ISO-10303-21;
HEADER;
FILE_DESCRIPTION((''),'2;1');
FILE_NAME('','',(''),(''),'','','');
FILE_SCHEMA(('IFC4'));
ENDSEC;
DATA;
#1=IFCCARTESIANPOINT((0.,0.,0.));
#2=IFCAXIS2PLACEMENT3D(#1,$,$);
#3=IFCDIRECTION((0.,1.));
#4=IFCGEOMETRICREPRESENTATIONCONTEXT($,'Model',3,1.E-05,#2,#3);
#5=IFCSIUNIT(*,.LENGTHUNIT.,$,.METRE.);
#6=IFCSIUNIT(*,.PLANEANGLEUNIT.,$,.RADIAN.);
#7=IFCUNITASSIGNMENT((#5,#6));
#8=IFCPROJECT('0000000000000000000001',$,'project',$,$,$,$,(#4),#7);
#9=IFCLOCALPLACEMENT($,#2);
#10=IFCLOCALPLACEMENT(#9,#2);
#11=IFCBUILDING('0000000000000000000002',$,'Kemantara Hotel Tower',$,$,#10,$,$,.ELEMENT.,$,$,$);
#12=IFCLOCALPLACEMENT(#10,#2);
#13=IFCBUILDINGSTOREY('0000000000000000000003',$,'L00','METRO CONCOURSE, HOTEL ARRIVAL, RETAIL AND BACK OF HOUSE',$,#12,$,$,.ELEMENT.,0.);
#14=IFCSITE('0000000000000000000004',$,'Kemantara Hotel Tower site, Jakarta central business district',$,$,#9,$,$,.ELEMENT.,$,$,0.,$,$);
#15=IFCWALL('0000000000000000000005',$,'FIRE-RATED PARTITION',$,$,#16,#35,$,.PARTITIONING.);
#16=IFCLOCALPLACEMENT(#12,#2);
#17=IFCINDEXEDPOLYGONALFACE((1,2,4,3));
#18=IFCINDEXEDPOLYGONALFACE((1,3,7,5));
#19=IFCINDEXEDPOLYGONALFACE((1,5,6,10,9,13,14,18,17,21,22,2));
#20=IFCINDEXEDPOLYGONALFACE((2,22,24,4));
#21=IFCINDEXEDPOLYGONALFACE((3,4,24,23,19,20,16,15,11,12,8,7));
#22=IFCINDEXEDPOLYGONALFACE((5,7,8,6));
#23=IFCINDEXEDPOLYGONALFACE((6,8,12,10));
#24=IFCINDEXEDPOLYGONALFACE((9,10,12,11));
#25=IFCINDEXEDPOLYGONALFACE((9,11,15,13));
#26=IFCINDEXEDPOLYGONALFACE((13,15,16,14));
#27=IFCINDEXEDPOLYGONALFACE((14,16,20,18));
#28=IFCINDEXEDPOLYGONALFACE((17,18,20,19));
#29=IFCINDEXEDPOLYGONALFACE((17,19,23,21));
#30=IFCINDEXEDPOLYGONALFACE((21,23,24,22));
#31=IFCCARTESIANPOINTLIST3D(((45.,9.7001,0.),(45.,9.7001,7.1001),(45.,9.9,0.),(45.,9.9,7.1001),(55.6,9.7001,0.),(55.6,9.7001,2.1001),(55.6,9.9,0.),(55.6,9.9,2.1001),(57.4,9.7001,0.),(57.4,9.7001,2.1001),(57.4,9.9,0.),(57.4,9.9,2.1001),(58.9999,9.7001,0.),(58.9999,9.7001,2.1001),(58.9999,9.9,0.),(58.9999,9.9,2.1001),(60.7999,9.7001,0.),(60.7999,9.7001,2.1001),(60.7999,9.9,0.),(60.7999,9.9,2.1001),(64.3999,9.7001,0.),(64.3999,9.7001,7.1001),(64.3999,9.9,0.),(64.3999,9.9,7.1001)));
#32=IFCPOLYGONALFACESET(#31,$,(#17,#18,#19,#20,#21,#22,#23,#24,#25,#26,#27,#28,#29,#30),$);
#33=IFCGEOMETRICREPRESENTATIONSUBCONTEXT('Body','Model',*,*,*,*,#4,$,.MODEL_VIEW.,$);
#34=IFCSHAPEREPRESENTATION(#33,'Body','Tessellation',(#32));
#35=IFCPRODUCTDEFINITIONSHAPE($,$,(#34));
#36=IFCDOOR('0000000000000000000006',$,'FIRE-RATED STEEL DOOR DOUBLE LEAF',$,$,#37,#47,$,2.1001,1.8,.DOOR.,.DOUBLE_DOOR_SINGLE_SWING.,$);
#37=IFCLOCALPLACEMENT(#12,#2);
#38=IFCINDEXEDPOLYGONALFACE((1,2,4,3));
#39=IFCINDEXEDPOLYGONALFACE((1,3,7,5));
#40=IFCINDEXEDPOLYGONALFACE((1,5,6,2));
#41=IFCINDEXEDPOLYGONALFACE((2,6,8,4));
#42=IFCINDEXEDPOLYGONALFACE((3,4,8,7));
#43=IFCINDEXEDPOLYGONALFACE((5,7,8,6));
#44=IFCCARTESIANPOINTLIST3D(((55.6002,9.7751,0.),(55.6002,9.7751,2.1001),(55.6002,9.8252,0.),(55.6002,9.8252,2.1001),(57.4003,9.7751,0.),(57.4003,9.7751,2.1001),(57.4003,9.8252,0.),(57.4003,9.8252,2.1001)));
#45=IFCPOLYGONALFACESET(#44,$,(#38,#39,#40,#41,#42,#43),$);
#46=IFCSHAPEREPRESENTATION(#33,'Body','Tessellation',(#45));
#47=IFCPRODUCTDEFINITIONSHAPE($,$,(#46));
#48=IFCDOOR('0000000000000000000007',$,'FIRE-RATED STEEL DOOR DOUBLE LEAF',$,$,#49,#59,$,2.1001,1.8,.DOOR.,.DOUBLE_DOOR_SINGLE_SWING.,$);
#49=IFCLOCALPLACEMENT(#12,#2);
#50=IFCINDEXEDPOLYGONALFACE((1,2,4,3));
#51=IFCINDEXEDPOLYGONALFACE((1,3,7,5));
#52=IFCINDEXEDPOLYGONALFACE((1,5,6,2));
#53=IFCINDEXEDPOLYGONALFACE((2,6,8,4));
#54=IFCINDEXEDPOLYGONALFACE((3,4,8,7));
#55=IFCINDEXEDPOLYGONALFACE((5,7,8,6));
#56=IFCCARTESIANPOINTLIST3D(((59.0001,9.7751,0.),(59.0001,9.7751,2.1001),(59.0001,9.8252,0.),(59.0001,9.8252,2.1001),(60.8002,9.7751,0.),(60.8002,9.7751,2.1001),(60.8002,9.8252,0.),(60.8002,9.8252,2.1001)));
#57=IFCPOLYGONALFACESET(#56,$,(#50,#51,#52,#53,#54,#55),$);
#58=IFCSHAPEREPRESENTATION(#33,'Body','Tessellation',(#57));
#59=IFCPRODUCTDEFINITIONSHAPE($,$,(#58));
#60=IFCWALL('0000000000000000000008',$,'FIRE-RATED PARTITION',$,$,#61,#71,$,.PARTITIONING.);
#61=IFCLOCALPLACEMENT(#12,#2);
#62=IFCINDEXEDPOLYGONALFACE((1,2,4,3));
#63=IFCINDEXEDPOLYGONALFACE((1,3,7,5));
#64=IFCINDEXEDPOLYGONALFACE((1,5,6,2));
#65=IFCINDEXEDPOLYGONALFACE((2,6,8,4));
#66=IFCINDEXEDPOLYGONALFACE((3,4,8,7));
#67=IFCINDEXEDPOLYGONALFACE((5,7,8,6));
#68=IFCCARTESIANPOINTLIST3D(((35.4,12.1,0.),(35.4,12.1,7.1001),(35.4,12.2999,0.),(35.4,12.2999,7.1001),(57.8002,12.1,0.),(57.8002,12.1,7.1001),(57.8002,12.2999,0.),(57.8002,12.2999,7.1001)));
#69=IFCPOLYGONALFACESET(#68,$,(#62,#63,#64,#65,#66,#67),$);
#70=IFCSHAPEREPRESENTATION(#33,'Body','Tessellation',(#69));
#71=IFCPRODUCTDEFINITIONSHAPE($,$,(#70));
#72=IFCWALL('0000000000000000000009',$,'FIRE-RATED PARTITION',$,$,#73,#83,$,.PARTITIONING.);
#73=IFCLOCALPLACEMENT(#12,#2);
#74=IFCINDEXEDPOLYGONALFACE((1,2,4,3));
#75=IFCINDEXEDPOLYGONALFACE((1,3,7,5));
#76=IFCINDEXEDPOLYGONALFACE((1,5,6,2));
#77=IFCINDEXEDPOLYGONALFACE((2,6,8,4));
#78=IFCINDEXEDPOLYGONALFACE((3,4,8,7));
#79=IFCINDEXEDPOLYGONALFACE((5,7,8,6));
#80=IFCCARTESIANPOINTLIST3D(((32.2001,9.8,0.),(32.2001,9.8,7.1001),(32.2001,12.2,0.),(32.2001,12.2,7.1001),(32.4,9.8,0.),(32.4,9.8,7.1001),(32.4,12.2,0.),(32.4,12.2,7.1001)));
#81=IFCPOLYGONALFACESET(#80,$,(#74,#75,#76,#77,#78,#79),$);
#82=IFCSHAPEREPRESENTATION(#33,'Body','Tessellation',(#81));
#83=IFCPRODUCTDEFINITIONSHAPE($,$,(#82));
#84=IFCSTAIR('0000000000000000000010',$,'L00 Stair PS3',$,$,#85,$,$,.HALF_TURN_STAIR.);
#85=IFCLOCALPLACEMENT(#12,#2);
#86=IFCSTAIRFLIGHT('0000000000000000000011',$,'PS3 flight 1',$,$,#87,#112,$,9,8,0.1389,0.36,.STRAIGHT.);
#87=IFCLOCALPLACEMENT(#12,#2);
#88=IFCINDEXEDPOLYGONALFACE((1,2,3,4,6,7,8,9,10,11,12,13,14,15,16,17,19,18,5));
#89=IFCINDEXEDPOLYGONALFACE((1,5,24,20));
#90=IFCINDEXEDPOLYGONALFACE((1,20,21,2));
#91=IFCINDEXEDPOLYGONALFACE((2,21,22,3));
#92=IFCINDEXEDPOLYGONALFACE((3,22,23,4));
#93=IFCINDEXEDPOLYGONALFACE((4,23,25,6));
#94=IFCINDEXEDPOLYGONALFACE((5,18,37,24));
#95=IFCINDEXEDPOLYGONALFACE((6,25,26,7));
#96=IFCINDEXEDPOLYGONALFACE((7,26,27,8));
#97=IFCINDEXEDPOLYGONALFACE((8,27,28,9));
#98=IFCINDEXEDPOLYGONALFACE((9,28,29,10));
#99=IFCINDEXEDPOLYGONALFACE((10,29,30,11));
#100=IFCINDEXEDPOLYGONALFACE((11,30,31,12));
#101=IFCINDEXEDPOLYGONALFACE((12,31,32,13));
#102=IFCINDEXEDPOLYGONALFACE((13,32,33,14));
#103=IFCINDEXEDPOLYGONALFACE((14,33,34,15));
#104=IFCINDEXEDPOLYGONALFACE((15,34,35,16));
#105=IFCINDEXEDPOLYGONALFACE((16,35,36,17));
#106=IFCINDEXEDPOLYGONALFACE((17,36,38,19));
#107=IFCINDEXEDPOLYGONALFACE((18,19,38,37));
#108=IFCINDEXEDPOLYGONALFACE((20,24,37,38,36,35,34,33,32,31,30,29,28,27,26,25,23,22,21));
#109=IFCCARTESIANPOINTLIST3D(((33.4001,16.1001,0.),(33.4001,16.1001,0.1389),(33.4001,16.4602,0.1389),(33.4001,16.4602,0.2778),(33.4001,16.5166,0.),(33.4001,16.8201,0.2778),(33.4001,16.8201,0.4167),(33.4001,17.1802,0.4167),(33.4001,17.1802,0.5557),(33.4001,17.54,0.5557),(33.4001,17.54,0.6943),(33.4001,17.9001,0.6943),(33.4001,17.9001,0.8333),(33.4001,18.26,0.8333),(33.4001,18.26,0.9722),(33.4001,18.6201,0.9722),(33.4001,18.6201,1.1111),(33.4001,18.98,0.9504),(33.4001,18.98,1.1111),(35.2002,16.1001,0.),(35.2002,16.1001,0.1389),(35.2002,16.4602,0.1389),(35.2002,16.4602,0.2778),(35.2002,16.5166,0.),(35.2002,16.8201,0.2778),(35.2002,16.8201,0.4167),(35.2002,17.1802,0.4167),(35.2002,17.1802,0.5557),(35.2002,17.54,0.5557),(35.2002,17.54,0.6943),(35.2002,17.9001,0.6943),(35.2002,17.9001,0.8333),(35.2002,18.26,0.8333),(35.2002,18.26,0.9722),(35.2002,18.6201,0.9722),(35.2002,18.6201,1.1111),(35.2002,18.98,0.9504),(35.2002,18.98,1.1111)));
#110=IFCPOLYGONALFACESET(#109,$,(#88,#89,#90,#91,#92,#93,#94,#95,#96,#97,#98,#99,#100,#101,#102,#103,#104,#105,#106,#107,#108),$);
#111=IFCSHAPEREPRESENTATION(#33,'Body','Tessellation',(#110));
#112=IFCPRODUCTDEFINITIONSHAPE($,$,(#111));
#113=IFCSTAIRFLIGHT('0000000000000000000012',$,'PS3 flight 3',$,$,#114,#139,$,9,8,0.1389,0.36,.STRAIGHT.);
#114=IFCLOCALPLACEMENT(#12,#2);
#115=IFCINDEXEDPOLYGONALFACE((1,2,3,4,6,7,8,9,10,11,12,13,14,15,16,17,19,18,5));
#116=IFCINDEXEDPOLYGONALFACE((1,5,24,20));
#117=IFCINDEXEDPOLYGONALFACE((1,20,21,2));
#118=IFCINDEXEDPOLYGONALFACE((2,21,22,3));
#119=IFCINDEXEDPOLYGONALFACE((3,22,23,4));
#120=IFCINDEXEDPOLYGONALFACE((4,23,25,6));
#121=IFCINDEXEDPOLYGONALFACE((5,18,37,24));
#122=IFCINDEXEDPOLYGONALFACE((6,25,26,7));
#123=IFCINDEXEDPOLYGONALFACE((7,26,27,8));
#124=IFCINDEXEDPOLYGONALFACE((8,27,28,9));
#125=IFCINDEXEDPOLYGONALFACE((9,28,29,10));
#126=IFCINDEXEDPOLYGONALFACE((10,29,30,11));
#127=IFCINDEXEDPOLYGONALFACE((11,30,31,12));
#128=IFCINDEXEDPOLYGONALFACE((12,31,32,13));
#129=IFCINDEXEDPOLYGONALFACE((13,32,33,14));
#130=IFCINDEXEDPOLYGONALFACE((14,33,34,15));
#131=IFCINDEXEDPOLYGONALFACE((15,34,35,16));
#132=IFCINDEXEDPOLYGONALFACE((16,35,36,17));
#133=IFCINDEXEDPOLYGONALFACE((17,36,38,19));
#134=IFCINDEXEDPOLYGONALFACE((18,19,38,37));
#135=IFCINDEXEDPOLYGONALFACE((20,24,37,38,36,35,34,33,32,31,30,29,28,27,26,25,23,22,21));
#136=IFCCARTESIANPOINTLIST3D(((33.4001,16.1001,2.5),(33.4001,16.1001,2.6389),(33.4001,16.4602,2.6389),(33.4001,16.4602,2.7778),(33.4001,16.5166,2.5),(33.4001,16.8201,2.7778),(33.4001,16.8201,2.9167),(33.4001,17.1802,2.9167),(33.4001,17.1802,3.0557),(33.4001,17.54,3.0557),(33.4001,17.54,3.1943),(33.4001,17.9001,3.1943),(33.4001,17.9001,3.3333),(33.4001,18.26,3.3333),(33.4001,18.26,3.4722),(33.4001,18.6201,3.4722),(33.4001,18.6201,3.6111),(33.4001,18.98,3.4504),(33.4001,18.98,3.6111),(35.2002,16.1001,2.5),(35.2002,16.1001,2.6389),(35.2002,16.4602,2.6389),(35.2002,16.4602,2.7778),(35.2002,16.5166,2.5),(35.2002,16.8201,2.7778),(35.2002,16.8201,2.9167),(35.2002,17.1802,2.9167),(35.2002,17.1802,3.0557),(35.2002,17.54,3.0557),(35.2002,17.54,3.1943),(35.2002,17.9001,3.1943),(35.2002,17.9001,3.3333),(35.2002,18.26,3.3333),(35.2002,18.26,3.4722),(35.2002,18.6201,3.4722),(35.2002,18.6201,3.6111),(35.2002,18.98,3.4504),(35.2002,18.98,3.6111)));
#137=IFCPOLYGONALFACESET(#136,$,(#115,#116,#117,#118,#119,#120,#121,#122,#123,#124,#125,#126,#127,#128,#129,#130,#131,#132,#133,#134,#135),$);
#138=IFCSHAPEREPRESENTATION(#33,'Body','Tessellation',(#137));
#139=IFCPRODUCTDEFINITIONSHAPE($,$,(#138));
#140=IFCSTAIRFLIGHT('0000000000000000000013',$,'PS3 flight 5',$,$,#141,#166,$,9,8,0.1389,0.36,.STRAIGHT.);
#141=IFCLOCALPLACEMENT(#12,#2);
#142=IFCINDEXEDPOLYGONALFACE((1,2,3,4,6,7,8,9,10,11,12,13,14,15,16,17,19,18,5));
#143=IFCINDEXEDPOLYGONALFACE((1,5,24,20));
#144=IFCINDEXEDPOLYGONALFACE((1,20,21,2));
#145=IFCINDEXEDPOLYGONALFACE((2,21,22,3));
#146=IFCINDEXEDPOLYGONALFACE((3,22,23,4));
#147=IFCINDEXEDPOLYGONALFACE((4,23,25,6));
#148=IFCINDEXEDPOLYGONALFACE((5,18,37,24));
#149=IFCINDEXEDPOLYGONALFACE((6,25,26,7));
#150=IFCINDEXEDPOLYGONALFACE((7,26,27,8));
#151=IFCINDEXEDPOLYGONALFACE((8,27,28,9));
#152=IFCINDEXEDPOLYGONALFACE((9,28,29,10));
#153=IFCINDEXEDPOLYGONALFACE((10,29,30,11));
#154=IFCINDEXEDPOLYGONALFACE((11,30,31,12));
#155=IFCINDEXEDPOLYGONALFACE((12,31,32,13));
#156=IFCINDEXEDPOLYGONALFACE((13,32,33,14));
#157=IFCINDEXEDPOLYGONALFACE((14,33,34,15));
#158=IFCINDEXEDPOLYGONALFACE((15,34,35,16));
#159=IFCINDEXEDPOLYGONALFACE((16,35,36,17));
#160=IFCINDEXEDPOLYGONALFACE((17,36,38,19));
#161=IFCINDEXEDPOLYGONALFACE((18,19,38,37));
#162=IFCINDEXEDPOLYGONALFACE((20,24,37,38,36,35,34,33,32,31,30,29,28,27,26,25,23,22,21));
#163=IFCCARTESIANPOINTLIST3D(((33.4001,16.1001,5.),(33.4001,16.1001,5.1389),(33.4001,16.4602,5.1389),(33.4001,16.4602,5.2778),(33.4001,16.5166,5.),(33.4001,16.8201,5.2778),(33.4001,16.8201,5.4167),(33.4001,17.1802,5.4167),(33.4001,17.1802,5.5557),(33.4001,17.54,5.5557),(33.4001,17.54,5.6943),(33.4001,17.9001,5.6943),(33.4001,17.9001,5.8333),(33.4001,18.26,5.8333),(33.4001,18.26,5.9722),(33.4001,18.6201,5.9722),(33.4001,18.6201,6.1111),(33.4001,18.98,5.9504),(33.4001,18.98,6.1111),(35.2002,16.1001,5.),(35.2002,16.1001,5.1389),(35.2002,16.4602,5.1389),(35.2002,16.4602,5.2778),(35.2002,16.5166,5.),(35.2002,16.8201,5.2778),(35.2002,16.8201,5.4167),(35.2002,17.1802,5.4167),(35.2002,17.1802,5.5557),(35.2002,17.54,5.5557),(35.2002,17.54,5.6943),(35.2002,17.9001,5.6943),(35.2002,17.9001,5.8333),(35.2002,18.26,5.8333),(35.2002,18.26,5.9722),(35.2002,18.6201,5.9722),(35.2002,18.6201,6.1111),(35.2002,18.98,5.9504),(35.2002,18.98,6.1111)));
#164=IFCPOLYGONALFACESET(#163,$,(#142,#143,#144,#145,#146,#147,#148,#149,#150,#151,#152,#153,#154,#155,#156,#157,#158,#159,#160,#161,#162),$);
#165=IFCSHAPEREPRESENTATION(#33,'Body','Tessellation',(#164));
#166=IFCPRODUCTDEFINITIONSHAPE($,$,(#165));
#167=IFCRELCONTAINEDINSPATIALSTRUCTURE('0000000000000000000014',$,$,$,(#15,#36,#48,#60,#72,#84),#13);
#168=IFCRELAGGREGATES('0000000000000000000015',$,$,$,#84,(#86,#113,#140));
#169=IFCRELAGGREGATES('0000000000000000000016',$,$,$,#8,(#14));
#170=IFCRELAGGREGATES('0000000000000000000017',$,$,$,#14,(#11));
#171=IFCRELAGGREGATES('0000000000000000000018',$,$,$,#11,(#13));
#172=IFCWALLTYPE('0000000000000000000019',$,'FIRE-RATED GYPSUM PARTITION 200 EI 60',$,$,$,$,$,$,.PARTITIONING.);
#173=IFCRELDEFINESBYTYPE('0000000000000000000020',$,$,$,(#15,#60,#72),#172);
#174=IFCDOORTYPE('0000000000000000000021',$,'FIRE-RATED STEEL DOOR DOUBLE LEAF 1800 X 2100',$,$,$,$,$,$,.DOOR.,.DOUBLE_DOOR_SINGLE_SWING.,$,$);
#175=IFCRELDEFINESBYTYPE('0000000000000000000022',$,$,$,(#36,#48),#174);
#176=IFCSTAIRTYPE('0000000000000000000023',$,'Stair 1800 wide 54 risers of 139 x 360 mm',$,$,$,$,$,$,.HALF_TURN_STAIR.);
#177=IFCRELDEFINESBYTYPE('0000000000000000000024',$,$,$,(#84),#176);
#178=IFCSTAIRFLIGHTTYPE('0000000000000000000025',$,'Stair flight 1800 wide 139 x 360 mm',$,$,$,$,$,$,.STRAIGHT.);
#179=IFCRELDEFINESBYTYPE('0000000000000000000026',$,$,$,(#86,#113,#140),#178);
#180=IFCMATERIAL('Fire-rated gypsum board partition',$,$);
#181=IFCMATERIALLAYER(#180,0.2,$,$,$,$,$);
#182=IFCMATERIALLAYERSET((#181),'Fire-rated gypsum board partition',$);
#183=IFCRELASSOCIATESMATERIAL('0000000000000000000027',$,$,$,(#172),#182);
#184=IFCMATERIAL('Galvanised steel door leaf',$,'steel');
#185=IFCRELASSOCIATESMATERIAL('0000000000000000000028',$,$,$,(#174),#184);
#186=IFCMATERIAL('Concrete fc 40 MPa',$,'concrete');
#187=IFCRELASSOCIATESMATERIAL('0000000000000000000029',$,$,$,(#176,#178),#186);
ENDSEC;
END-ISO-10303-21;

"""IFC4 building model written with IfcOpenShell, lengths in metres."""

from ifc_helpers import new_model, si_unit, direction, frame, frame_2d, origin, place, context, subcontext, project, spatial, polyline, rectangle, outline, extrude, material, layer, layer_set, type_object, element, fill, aggregate, save


model = new_model("IFC4")

# Units and contexts
model_context = context("Model", 3, precision=1e-05, world=origin(), true_north=direction((0.0, 1.0)))
body_context = subcontext(model_context, "Body", "Model", "MODEL_VIEW")
ifc_project = project(units=[si_unit("LENGTHUNIT", "METRE"), si_unit("PLANEANGLEUNIT", "RADIAN")], contexts=[model_context])

# Site, building, storey
site_placement = place(None, origin())
site = spatial("IfcSite", under=ifc_project, at=site_placement, Name="Kemantara Hotel Tower site, Jakarta central business district", CompositionType="ELEMENT", RefElevation=0.0)
building_placement = place(site_placement, origin())
building = spatial("IfcBuilding", under=site, at=building_placement, Name="Kemantara Hotel Tower", CompositionType="ELEMENT")
storey_placement = place(building_placement, origin())
storey = spatial("IfcBuildingStorey", under=building, at=storey_placement, Name="L00", Description="METRO CONCOURSE, HOTEL ARRIVAL, RETAIL AND BACK OF HOUSE", CompositionType="ELEMENT", Elevation=0.0)

# Shared definitions
ifc_material_1 = material(Name="Concrete fc 40 MPa", Category="concrete")

# Shared definitions
ifc_material_2 = material(Name="Galvanised steel door leaf", Category="steel")

# Shared definitions
ifc_material_3 = material(Name="Fire-rated gypsum board partition")
ifc_layer_1 = layer(ifc_material_3, 0.2)
ifc_layer_set_1 = layer_set([ifc_layer_1], Name="Fire-rated gypsum board partition")
wall_type_1 = type_object("IfcWallType", Name="FIRE-RATED GYPSUM PARTITION 200 EI 60", PredefinedType="PARTITIONING", material=ifc_layer_set_1)

# Wall, openings, doors
wall_1_placement = place(storey_placement, frame((45.0, 9.8, 0.0), z_axis=(0.0, 0.0, 1.0), x_axis=(1.0, 0.0, 0.0)))
wall_1 = element("IfcWall", 1, at=wall_1_placement, inside=storey, type_object=wall_type_1, Name="FIRE-RATED PARTITION", PredefinedType="PARTITIONING", context=body_context, shape_type="SweptSolid", body=[
    extrude(rectangle(XDim=19.3999, YDim=0.2, at=frame_2d((9.7, 0.0))), origin(), (0.0, 0.0, 1.0), 7.1001),
])
opening_1_placement = place(wall_1_placement, frame((10.6001, 0.0, 0.0)))
opening_1 = element("IfcOpeningElement", 2, at=opening_1_placement, cuts=wall_1, PredefinedType="OPENING", context=body_context, shape_type="SweptSolid", body=[
    extrude(rectangle(XDim=1.8, YDim=2.1001, at=frame_2d((0.8999, 1.05))), frame((0.0, 0.1099, 0.0), z_axis=(0.0, -1.0, 0.0), x_axis=(1.0, 0.0, 0.0)), (0.0, 0.0, 1.0), 0.22),
])
opening_2_placement = place(wall_1_placement, frame((14.0, 0.0, 0.0)))
opening_2 = element("IfcOpeningElement", 3, at=opening_2_placement, cuts=wall_1, PredefinedType="OPENING", context=body_context, shape_type="SweptSolid", body=[
    extrude(rectangle(XDim=1.8, YDim=2.1001, at=frame_2d((0.8999, 1.05))), frame((0.0, 0.1099, 0.0), z_axis=(0.0, -1.0, 0.0), x_axis=(1.0, 0.0, 0.0)), (0.0, 0.0, 1.0), 0.22),
])
door_type_1 = type_object("IfcDoorType", Name="FIRE-RATED STEEL DOOR DOUBLE LEAF 1800 X 2100", OperationType="DOUBLE_DOOR_SINGLE_SWING", PredefinedType="DOOR", material=ifc_material_2)
door_1_placement = place(opening_1_placement, frame((1.8, 0.0, 0.0), z_axis=(0.0, 0.0, 1.0), x_axis=(-1.0, 0.0, 0.0)))
door_1 = element("IfcDoor", 4, at=door_1_placement, inside=storey, type_object=door_type_1, Name="FIRE-RATED STEEL DOOR DOUBLE LEAF", OperationType="DOUBLE_DOOR_SINGLE_SWING", OverallHeight=2.1001, OverallWidth=1.8, PredefinedType="DOOR", context=body_context, shape_type="SweptSolid", body=[
    extrude(rectangle(XDim=1.8, YDim=2.1001, at=frame_2d((0.8999, 1.05))), frame((0.0, 0.0249, 0.0), z_axis=(0.0, -1.0, 0.0), x_axis=(1.0, 0.0, 0.0)), (0.0, 0.0, 1.0), 0.05),
])
fill(opening_1, door_1)
door_2_placement = place(opening_2_placement, frame((1.8, 0.0, 0.0), z_axis=(0.0, 0.0, 1.0), x_axis=(-1.0, 0.0, 0.0)))
door_2 = element("IfcDoor", 5, at=door_2_placement, inside=storey, type_object=door_type_1, Name="FIRE-RATED STEEL DOOR DOUBLE LEAF", OperationType="DOUBLE_DOOR_SINGLE_SWING", OverallHeight=2.1001, OverallWidth=1.8, PredefinedType="DOOR", context=body_context, shape_type="SweptSolid", body=[
    extrude(rectangle(XDim=1.8, YDim=2.1001, at=frame_2d((0.8999, 1.05))), frame((0.0, 0.0249, 0.0), z_axis=(0.0, -1.0, 0.0), x_axis=(1.0, 0.0, 0.0)), (0.0, 0.0, 1.0), 0.05),
])
fill(opening_2, door_2)

# Walls
wall_2_placement = place(storey_placement, frame((35.3999, 12.2, 0.0), z_axis=(0.0, 0.0, 1.0), x_axis=(1.0, 0.0, 0.0)))
element("IfcWall", 6, at=wall_2_placement, inside=storey, type_object=wall_type_1, Name="FIRE-RATED PARTITION", PredefinedType="PARTITIONING", context=body_context, shape_type="SweptSolid", body=[
    extrude(rectangle(XDim=22.4001, YDim=0.2, at=frame_2d((11.2002, 0.0))), origin(), (0.0, 0.0, 1.0), 7.1001),
])
wall_3_placement = place(storey_placement, frame((32.3, 9.8, 0.0), z_axis=(0.0, 0.0, 1.0), x_axis=(0.0, 1.0, 0.0)))
element("IfcWall", 7, at=wall_3_placement, inside=storey, type_object=wall_type_1, Name="FIRE-RATED PARTITION", PredefinedType="PARTITIONING", context=body_context, shape_type="SweptSolid", body=[
    extrude(rectangle(XDim=2.3999, YDim=0.2, at=frame_2d((1.2, 0.0))), origin(), (0.0, 0.0, 1.0), 7.1001),
])

# Stair, stair flights
stair_type = type_object("IfcStairType", Name="Stair 1800 wide 54 risers of 139 x 360 mm", PredefinedType="HALF_TURN_STAIR", material=ifc_material_1)
stair_placement = place(storey_placement, origin())
stair = element("IfcStair", 8, at=stair_placement, inside=storey, type_object=stair_type, Name="L00 Stair PS3", PredefinedType="HALF_TURN_STAIR")
stair_flight_type = type_object("IfcStairFlightType", Name="Stair flight 1800 wide 139 x 360 mm", PredefinedType="STRAIGHT", material=ifc_material_1)
stair_flight_1_placement = place(storey_placement, frame((34.3, 16.1001, 0.0), z_axis=(0.0, 0.0, 1.0), x_axis=(0.0, 1.0, 0.0)))
stair_flight_1 = element("IfcStairFlight", 9, at=stair_flight_1_placement, type_object=stair_flight_type, Name="PS3 flight 1", NumberOfRisers=9, NumberOfTreads=8, PredefinedType="STRAIGHT", RiserHeight=0.1389, TreadLength=0.36, context=body_context, shape_type="SweptSolid", body=[
    extrude(outline(polyline([(0.0, 0.0), (0.0, 0.1389), (0.3601, 0.1389), (0.3601, 0.2778), (0.72, 0.2778), (0.72, 0.4167), (1.0801, 0.4167), (1.0801, 0.5557), (1.4399, 0.5557), (1.4399, 0.6943), (1.8, 0.6943), (1.8, 0.8333), (2.1599, 0.8333), (2.1599, 0.9722), (2.52, 0.9722), (2.52, 1.1111), (2.8799, 1.1111), (2.8799, 1.25), (2.8799, 0.9504), (0.4165, 0.0), (0.0, 0.0)])), frame((0.0, 0.8999, 0.0), z_axis=(0.0, -1.0, 0.0), x_axis=(1.0, 0.0, 0.0)), (0.0, 0.0, 1.0), 1.8),
])
stair_flight_2_placement = place(storey_placement, frame((34.3, 16.1001, 2.5), z_axis=(0.0, 0.0, 1.0), x_axis=(0.0, 1.0, 0.0)))
stair_flight_2 = element("IfcStairFlight", 10, at=stair_flight_2_placement, type_object=stair_flight_type, Name="PS3 flight 3", NumberOfRisers=9, NumberOfTreads=8, PredefinedType="STRAIGHT", RiserHeight=0.1389, TreadLength=0.36, context=body_context, shape_type="SweptSolid", body=[
    extrude(outline(polyline([(0.0, 0.0), (0.0, 0.1389), (0.3601, 0.1389), (0.3601, 0.2778), (0.72, 0.2778), (0.72, 0.4167), (1.0801, 0.4167), (1.0801, 0.5557), (1.4399, 0.5557), (1.4399, 0.6943), (1.8, 0.6943), (1.8, 0.8333), (2.1599, 0.8333), (2.1599, 0.9722), (2.52, 0.9722), (2.52, 1.1111), (2.8799, 1.1111), (2.8799, 1.25), (2.8799, 0.9504), (0.4165, 0.0), (0.0, 0.0)])), frame((0.0, 0.8999, 0.0), z_axis=(0.0, -1.0, 0.0), x_axis=(1.0, 0.0, 0.0)), (0.0, 0.0, 1.0), 1.8),
])
stair_flight_3_placement = place(storey_placement, frame((34.3, 16.1001, 5.0), z_axis=(0.0, 0.0, 1.0), x_axis=(0.0, 1.0, 0.0)))
stair_flight_3 = element("IfcStairFlight", 11, at=stair_flight_3_placement, type_object=stair_flight_type, Name="PS3 flight 5", NumberOfRisers=9, NumberOfTreads=8, PredefinedType="STRAIGHT", RiserHeight=0.1389, TreadLength=0.36, context=body_context, shape_type="SweptSolid", body=[
    extrude(outline(polyline([(0.0, 0.0), (0.0, 0.1389), (0.3601, 0.1389), (0.3601, 0.2778), (0.72, 0.2778), (0.72, 0.4167), (1.0801, 0.4167), (1.0801, 0.5557), (1.4399, 0.5557), (1.4399, 0.6943), (1.8, 0.6943), (1.8, 0.8333), (2.1599, 0.8333), (2.1599, 0.9722), (2.52, 0.9722), (2.52, 1.1111), (2.8799, 1.1111), (2.8799, 1.25), (2.8799, 0.9504), (0.4165, 0.0), (0.0, 0.0)])), frame((0.0, 0.8999, 0.0), z_axis=(0.0, -1.0, 0.0), x_axis=(1.0, 0.0, 0.0)), (0.0, 0.0, 1.0), 1.8),
])
aggregate(stair, [stair_flight_1, stair_flight_2, stair_flight_3])

save(model, "model.ifc")
